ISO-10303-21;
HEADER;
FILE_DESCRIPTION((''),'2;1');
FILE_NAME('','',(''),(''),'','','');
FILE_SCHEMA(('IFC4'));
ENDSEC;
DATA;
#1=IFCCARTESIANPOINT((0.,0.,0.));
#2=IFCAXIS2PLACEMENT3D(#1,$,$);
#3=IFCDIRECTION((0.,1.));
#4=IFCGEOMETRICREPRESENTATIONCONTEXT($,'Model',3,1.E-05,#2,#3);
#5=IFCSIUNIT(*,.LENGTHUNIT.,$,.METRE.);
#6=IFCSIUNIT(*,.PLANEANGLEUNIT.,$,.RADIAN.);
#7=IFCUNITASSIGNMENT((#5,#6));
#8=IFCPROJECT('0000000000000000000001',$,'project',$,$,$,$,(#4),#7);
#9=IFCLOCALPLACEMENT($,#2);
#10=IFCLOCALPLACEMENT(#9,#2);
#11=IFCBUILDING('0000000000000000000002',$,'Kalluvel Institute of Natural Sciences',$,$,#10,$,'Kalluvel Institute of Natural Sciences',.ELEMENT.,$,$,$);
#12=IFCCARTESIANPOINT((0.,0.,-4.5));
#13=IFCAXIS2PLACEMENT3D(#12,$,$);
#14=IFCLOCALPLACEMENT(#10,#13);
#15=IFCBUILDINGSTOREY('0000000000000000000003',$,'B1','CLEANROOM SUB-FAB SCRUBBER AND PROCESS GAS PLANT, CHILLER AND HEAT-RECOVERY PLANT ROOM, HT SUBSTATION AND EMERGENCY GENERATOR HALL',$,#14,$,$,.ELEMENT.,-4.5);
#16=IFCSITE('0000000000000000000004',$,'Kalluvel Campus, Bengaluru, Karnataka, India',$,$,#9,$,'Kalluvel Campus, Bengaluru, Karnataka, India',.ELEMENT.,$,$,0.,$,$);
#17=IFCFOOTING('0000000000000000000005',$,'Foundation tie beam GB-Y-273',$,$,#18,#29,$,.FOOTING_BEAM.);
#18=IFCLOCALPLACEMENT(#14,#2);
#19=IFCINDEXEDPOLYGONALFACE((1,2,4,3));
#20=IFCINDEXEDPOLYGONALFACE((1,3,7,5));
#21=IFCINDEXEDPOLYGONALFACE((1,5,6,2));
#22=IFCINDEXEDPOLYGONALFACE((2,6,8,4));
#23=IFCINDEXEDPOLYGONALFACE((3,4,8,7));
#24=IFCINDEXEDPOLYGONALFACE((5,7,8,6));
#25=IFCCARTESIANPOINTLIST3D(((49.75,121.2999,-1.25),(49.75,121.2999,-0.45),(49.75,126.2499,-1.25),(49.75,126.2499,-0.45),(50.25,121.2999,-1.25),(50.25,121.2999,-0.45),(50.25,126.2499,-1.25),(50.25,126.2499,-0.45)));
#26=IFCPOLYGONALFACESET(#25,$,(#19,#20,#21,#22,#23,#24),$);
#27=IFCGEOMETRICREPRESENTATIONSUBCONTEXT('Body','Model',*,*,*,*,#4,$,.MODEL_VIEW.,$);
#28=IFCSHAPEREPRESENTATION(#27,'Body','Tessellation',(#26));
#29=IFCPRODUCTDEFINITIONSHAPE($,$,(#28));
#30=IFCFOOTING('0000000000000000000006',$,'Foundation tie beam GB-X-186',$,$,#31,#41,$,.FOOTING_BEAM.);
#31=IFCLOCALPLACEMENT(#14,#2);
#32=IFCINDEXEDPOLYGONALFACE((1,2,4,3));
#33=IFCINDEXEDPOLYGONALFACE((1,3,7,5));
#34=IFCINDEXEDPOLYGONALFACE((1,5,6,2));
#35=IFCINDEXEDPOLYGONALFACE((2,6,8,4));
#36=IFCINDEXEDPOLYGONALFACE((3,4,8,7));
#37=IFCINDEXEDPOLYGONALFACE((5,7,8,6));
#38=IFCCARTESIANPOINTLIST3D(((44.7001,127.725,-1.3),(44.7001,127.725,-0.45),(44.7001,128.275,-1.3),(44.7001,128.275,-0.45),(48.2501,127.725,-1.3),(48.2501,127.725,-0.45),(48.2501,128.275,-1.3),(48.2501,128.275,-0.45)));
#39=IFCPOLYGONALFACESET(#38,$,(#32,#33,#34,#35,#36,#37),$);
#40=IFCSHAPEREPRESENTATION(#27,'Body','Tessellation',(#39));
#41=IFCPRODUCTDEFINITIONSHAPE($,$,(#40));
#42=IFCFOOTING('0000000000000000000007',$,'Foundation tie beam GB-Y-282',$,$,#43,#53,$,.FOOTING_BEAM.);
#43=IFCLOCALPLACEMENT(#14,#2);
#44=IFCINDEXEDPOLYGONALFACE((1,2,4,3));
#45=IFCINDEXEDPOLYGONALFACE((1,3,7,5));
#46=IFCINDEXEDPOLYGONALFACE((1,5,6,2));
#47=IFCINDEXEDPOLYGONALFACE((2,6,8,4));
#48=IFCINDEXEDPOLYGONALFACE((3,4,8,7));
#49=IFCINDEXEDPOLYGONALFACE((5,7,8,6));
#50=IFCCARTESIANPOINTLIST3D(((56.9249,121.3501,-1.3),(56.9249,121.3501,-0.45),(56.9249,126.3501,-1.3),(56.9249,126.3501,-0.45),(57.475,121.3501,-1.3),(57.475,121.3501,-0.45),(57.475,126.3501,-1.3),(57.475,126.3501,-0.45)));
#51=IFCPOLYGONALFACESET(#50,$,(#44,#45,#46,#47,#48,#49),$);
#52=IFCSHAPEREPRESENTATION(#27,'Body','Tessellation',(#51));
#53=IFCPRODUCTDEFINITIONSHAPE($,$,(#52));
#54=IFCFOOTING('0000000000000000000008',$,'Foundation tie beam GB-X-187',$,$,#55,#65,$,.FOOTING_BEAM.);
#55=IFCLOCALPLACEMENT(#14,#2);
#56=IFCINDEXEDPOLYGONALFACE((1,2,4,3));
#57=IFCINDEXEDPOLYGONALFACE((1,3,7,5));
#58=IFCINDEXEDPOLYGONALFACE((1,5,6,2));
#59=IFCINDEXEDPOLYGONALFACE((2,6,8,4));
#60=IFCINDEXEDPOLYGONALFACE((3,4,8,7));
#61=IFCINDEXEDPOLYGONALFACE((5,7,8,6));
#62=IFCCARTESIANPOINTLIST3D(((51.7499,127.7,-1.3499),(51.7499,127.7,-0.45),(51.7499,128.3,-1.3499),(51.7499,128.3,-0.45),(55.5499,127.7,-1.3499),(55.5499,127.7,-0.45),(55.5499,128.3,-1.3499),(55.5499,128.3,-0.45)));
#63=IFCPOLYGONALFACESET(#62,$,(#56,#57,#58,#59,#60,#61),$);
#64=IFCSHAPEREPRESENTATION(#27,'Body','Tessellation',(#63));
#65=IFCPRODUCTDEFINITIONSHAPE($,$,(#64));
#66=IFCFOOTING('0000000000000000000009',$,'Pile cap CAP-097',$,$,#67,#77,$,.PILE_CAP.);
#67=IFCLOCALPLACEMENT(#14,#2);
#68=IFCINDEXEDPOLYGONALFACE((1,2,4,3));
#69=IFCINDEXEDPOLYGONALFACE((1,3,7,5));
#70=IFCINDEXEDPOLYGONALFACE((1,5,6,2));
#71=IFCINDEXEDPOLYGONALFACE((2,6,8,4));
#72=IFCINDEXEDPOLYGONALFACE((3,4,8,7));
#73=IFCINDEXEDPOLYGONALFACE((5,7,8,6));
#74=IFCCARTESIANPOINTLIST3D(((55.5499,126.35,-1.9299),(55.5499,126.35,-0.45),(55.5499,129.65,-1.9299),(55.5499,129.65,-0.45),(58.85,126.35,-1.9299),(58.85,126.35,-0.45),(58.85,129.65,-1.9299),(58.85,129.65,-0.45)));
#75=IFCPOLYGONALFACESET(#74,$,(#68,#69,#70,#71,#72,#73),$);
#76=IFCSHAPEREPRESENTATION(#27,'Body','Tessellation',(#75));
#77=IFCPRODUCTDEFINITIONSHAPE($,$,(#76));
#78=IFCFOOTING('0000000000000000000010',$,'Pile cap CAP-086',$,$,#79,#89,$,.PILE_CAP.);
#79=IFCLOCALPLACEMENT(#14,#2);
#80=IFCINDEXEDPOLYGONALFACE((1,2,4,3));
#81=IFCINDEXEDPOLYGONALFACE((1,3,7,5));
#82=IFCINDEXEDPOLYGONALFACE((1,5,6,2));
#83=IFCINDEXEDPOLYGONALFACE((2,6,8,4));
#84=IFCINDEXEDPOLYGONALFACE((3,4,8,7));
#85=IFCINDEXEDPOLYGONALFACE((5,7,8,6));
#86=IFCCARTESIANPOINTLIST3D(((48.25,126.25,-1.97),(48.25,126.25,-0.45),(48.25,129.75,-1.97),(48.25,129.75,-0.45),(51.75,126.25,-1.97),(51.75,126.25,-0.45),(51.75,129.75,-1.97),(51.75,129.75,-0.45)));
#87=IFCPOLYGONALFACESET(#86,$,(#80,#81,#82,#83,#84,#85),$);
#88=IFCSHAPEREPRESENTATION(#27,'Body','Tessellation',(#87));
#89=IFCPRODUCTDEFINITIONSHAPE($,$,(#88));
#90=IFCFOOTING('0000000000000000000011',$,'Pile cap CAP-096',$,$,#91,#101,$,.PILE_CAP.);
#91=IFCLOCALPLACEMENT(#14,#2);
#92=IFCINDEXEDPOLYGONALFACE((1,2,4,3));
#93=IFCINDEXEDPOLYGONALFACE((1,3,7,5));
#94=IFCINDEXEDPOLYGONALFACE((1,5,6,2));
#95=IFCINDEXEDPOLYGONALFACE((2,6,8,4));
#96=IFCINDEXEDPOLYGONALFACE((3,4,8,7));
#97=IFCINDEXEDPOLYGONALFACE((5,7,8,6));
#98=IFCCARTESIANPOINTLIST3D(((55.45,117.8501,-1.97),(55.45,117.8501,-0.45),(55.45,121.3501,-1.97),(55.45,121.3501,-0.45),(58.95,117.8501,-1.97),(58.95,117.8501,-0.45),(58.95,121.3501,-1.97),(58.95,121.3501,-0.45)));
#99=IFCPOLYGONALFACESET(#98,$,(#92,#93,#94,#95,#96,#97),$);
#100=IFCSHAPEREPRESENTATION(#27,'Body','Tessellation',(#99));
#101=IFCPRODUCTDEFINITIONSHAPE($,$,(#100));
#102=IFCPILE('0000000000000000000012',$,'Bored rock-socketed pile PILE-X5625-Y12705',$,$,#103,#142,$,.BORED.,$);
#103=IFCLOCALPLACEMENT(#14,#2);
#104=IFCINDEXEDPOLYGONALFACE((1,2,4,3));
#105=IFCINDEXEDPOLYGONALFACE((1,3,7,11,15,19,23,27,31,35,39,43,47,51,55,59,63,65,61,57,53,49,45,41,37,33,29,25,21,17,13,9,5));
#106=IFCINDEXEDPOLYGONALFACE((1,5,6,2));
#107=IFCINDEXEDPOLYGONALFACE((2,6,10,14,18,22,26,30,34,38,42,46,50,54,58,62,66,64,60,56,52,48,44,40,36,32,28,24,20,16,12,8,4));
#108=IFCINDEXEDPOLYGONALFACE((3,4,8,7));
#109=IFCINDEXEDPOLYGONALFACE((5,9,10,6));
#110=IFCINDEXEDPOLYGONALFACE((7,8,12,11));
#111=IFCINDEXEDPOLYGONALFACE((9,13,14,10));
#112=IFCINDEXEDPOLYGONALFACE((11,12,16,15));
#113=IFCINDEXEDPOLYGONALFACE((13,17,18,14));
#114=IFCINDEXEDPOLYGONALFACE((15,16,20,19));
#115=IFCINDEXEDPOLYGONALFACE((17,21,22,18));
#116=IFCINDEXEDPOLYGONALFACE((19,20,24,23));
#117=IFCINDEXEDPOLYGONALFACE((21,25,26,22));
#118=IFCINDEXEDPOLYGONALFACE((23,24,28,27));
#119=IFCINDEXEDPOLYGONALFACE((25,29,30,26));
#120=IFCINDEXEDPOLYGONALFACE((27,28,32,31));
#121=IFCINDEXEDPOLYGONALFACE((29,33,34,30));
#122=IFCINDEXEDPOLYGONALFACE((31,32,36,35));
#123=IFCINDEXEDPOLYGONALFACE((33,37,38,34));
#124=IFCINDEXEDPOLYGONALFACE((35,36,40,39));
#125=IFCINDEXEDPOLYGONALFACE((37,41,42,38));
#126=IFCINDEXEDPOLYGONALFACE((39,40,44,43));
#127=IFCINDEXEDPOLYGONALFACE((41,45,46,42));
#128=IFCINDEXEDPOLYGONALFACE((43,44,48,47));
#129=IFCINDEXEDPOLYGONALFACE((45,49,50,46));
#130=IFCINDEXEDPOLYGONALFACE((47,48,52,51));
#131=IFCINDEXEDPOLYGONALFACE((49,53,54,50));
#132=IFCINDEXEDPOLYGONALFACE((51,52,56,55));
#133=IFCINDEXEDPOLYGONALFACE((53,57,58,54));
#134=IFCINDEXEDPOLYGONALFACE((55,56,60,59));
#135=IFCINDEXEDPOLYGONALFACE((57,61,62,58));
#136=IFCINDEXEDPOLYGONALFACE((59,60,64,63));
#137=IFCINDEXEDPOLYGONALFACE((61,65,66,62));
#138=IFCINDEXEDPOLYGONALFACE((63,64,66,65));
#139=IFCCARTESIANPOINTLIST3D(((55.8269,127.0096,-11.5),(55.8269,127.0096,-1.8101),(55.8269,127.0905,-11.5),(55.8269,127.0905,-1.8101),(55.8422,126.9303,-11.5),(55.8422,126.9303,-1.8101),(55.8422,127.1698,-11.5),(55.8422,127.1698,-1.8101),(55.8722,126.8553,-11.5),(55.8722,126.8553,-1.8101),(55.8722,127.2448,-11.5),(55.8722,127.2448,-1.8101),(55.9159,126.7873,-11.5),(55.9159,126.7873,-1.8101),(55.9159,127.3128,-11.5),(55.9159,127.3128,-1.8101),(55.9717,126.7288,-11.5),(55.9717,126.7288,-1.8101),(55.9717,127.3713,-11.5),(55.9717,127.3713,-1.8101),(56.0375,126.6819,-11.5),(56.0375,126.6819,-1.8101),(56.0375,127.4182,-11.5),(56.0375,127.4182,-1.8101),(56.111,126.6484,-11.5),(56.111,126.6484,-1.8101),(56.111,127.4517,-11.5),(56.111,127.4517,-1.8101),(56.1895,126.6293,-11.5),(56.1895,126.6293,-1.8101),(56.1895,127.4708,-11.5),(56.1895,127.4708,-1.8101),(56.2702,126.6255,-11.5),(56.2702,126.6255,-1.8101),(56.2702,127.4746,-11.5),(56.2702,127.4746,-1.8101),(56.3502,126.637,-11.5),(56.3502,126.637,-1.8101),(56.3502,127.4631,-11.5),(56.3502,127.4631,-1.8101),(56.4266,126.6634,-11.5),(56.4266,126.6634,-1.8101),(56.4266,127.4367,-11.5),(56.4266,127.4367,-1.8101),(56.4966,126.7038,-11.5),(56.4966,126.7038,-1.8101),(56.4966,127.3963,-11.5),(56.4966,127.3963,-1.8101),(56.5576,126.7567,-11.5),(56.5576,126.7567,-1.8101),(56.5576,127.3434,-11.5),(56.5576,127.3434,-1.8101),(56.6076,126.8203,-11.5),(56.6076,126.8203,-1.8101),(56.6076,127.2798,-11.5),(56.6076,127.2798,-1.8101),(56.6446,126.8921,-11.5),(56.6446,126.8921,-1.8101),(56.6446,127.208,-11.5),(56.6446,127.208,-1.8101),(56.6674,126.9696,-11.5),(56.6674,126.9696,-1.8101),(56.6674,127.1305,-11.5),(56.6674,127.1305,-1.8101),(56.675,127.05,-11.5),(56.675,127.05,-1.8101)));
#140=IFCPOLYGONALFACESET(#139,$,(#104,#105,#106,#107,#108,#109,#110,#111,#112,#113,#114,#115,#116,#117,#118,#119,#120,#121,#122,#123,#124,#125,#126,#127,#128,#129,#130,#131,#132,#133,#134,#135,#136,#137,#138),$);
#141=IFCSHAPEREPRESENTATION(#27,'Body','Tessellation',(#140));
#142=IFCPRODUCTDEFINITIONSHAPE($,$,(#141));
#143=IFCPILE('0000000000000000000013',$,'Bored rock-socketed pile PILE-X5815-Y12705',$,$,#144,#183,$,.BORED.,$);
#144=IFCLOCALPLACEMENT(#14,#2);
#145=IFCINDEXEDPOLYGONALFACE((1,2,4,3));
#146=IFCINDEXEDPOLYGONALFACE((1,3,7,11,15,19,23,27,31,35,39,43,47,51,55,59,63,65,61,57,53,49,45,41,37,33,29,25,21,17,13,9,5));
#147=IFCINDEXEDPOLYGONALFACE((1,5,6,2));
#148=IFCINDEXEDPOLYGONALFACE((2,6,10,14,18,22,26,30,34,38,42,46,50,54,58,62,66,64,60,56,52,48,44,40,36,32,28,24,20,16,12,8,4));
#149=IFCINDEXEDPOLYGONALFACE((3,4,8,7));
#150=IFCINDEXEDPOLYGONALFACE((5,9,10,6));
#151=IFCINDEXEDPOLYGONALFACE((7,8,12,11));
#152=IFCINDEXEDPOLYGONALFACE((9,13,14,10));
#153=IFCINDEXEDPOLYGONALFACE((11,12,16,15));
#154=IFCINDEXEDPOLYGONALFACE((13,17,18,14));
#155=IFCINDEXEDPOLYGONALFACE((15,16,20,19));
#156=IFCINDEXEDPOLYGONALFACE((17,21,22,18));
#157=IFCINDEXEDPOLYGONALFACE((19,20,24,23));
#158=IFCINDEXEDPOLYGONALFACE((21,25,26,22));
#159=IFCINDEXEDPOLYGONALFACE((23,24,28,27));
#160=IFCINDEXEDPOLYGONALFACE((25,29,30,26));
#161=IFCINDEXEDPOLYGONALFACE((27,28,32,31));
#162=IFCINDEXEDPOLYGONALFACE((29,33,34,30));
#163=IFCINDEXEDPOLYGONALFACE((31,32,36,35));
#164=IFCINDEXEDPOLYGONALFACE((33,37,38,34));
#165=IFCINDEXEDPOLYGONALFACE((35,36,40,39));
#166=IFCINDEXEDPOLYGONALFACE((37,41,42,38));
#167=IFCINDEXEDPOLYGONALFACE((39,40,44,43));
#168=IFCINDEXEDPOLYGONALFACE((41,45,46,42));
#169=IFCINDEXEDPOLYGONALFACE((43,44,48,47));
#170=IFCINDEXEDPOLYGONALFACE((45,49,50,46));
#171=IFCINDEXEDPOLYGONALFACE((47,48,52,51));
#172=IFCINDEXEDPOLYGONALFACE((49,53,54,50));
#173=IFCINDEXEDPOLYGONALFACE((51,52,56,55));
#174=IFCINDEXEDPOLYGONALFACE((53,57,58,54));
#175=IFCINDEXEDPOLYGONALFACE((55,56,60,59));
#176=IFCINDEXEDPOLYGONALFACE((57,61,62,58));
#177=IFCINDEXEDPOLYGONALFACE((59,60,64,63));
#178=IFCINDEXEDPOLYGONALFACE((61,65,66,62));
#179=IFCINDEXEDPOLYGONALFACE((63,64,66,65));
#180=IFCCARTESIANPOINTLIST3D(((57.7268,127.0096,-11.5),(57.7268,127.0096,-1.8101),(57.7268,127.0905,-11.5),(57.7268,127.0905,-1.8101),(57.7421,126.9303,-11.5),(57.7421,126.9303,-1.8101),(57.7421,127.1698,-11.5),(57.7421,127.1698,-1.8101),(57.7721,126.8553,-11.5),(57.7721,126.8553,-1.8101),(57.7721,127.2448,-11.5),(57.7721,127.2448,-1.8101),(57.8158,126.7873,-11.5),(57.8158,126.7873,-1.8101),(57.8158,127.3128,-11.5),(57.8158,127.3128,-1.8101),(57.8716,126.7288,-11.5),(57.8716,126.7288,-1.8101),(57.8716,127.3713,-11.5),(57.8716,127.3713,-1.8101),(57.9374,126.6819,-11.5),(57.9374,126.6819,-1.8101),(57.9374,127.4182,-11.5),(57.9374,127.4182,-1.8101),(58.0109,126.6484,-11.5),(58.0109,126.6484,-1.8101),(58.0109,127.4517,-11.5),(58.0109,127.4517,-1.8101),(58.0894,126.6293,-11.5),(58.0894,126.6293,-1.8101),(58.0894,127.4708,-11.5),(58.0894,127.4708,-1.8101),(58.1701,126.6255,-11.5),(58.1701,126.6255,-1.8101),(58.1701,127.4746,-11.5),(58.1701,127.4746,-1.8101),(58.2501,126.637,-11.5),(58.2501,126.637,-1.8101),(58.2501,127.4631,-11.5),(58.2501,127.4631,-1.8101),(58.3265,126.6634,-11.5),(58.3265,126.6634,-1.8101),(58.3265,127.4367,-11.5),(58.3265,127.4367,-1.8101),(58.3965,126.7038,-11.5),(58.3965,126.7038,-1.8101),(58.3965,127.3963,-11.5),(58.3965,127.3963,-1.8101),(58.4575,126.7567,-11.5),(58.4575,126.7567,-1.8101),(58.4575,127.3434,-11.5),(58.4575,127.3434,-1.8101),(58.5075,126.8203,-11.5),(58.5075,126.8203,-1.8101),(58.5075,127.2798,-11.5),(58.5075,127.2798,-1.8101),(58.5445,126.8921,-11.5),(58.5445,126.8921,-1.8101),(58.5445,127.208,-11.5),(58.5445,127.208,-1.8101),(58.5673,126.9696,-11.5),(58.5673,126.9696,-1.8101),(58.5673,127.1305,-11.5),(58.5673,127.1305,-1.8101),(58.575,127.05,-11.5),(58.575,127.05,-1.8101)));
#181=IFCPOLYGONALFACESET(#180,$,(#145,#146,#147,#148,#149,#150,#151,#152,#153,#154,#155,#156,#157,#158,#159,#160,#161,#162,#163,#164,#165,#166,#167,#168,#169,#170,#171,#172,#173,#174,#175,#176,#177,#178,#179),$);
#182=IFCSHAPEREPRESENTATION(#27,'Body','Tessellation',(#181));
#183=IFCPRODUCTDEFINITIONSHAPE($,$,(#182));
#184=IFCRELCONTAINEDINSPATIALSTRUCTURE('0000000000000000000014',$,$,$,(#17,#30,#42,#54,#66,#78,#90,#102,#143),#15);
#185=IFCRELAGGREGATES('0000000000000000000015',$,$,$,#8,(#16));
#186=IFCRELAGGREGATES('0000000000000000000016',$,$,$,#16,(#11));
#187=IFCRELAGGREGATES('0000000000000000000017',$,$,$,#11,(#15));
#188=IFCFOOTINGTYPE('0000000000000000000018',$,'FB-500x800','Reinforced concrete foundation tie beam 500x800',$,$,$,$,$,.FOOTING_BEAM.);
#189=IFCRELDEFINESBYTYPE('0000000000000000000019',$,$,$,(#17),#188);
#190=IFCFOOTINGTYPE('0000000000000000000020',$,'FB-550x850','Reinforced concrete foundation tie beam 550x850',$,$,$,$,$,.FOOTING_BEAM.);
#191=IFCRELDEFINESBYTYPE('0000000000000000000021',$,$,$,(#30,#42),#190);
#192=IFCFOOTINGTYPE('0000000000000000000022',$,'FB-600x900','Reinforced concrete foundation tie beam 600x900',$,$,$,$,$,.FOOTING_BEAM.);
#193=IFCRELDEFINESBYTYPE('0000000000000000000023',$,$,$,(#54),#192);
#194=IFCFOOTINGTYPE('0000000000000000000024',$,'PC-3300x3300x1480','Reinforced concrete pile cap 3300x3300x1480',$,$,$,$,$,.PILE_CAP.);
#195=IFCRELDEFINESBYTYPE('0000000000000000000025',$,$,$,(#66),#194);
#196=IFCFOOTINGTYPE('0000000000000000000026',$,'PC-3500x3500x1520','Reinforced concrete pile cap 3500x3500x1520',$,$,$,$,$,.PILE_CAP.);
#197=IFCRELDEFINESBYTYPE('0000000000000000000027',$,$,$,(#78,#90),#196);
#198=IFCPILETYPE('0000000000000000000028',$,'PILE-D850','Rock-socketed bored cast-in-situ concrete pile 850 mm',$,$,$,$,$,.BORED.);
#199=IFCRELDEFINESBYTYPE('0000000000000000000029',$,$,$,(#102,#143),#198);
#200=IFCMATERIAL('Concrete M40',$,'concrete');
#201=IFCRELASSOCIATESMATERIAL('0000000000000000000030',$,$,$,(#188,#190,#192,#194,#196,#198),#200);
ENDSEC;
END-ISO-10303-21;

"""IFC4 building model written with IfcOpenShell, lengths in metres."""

from ifc_helpers import new_model, si_unit, direction, frame, origin, origin_2d, place, context, subcontext, project, spatial, rectangle, circle, extrude, material, material_profile, profile_set, type_object, element, save


model = new_model("IFC4")

# Units and contexts
model_context = context("Model", 3, precision=1e-05, world=origin(), true_north=direction((0.0, 1.0)))
body_context = subcontext(model_context, "Body", "Model", "MODEL_VIEW")
ifc_project = project(units=[si_unit("LENGTHUNIT", "METRE"), si_unit("PLANEANGLEUNIT", "RADIAN")], contexts=[model_context])

# Site, building, storey
site_placement = place(None, origin())
site = spatial("IfcSite", under=ifc_project, at=site_placement, Name="Kalluvel Campus, Bengaluru, Karnataka, India", LongName="Kalluvel Campus, Bengaluru, Karnataka, India", CompositionType="ELEMENT", RefElevation=0.0)
building_placement = place(site_placement, origin())
building = spatial("IfcBuilding", under=site, at=building_placement, Name="Kalluvel Institute of Natural Sciences", LongName="Kalluvel Institute of Natural Sciences", CompositionType="ELEMENT")
storey_placement = place(building_placement, frame((0.0, 0.0, -4.5)))
storey = spatial("IfcBuildingStorey", under=building, at=storey_placement, Name="B1", Description="CLEANROOM SUB-FAB SCRUBBER AND PROCESS GAS PLANT, CHILLER AND HEAT-RECOVERY PLANT ROOM, HT SUBSTATION AND EMERGENCY GENERATOR HALL", CompositionType="ELEMENT", Elevation=-4.5)

# Footings
ifc_material_1 = material(Name="Concrete M40", Category="concrete")
footing_type_1 = type_object("IfcFootingType", Name="FB-500x800", Description="Reinforced concrete foundation tie beam 500x800", PredefinedType="FOOTING_BEAM", material=ifc_material_1)
footing_1_placement = place(storey_placement, frame((50.0, 123.7749, -1.25), z_axis=(0.0, 0.0, 1.0), x_axis=(1.0, 0.0, 0.0)))
element("IfcFooting", 1, at=footing_1_placement, inside=storey, type_object=footing_type_1, Name="Foundation tie beam GB-Y-273", PredefinedType="FOOTING_BEAM", context=body_context, shape_type="SweptSolid", body=[
    extrude(rectangle(XDim=0.5, YDim=4.95, at=origin_2d()), origin(), (0.0, 0.0, 1.0), 0.8),
])
footing_type_2 = type_object("IfcFootingType", Name="FB-550x850", Description="Reinforced concrete foundation tie beam 550x850", PredefinedType="FOOTING_BEAM", material=ifc_material_1)
footing_2_placement = place(storey_placement, frame((46.4751, 128.0, -1.3), z_axis=(0.0, 0.0, 1.0), x_axis=(1.0, 0.0, 0.0)))
element("IfcFooting", 2, at=footing_2_placement, inside=storey, type_object=footing_type_2, Name="Foundation tie beam GB-X-186", PredefinedType="FOOTING_BEAM", context=body_context, shape_type="SweptSolid", body=[
    extrude(rectangle(XDim=3.55, YDim=0.55, at=origin_2d()), origin(), (0.0, 0.0, 1.0), 0.8501),
])
footing_3_placement = place(storey_placement, frame((57.2, 123.8501, -1.3), z_axis=(0.0, 0.0, 1.0), x_axis=(1.0, 0.0, 0.0)))
element("IfcFooting", 3, at=footing_3_placement, inside=storey, type_object=footing_type_2, Name="Foundation tie beam GB-Y-282", PredefinedType="FOOTING_BEAM", context=body_context, shape_type="SweptSolid", body=[
    extrude(rectangle(XDim=0.55, YDim=5.0, at=origin_2d()), origin(), (0.0, 0.0, 1.0), 0.8501),
])
footing_type_3 = type_object("IfcFootingType", Name="FB-600x900", Description="Reinforced concrete foundation tie beam 600x900", PredefinedType="FOOTING_BEAM", material=ifc_material_1)
footing_4_placement = place(storey_placement, frame((53.6499, 128.0, -1.3499), z_axis=(0.0, 0.0, 1.0), x_axis=(1.0, 0.0, 0.0)))
element("IfcFooting", 4, at=footing_4_placement, inside=storey, type_object=footing_type_3, Name="Foundation tie beam GB-X-187", PredefinedType="FOOTING_BEAM", context=body_context, shape_type="SweptSolid", body=[
    extrude(rectangle(XDim=3.8, YDim=0.6001, at=origin_2d()), origin(), (0.0, 0.0, 1.0), 0.8999),
])
footing_type_4 = type_object("IfcFootingType", Name="PC-3300x3300x1480", Description="Reinforced concrete pile cap 3300x3300x1480", PredefinedType="PILE_CAP", material=ifc_material_1)
footing_5_placement = place(storey_placement, frame((57.2, 128.0, -1.9299), z_axis=(0.0, 0.0, 1.0), x_axis=(1.0, 0.0, 0.0)))
element("IfcFooting", 5, at=footing_5_placement, inside=storey, type_object=footing_type_4, Name="Pile cap CAP-097", PredefinedType="PILE_CAP", context=body_context, shape_type="SweptSolid", body=[
    extrude(rectangle(XDim=3.3, YDim=3.3, at=origin_2d()), origin(), (0.0, 0.0, 1.0), 1.48),
])
footing_type_5 = type_object("IfcFootingType", Name="PC-3500x3500x1520", Description="Reinforced concrete pile cap 3500x3500x1520", PredefinedType="PILE_CAP", material=ifc_material_1)
for number, where, z_axis, x_axis, name in (
    (6, (50.0, 128.0, -1.97), (0.0, 0.0, 1.0), (1.0, 0.0, 0.0), "Pile cap CAP-086"),
    (7, (57.2, 119.6001, -1.97), (0.0, 0.0, 1.0), (1.0, 0.0, 0.0), "Pile cap CAP-096"),
):
    element("IfcFooting", number, at=place(storey_placement, frame(where, z_axis=z_axis, x_axis=x_axis)), inside=storey, type_object=footing_type_5, Name=name, PredefinedType="PILE_CAP", context=body_context, shape_type="SweptSolid", body=[
        extrude(rectangle(XDim=3.5, YDim=3.5, at=origin_2d()), origin(), (0.0, 0.0, 1.0), 1.52),
    ])

# Piles
ifc_material_profile_1 = material_profile(ifc_material_1, circle(Radius=0.425, at=origin_2d()), Name="PILE D850")
ifc_profile_set_1 = profile_set([ifc_material_profile_1], Name="Concrete M40")
pile_type_1 = type_object("IfcPileType", Name="PILE-D850", Description="Rock-socketed bored cast-in-situ concrete pile 850 mm", PredefinedType="BORED", material=ifc_profile_set_1)
for number, where, z_axis, x_axis, name in (
    (8, (56.25, 127.05, -1.8101), (0.0, 0.0, -1.0), (1.0, 0.0, 0.0), "Bored rock-socketed pile PILE-X5625-Y12705"),
    (9, (58.1499, 127.05, -1.8101), (0.0, 0.0, -1.0), (1.0, 0.0, 0.0), "Bored rock-socketed pile PILE-X5815-Y12705"),
):
    element("IfcPile", number, at=place(storey_placement, frame(where, z_axis=z_axis, x_axis=x_axis)), inside=storey, type_object=pile_type_1, Name=name, PredefinedType="BORED", context=body_context, shape_type="SweptSolid", body=[
        extrude(circle(Radius=0.425, at=origin_2d()), origin(), (0.0, 0.0, 1.0), 9.6899),
    ])

save(model, "model.ifc")
